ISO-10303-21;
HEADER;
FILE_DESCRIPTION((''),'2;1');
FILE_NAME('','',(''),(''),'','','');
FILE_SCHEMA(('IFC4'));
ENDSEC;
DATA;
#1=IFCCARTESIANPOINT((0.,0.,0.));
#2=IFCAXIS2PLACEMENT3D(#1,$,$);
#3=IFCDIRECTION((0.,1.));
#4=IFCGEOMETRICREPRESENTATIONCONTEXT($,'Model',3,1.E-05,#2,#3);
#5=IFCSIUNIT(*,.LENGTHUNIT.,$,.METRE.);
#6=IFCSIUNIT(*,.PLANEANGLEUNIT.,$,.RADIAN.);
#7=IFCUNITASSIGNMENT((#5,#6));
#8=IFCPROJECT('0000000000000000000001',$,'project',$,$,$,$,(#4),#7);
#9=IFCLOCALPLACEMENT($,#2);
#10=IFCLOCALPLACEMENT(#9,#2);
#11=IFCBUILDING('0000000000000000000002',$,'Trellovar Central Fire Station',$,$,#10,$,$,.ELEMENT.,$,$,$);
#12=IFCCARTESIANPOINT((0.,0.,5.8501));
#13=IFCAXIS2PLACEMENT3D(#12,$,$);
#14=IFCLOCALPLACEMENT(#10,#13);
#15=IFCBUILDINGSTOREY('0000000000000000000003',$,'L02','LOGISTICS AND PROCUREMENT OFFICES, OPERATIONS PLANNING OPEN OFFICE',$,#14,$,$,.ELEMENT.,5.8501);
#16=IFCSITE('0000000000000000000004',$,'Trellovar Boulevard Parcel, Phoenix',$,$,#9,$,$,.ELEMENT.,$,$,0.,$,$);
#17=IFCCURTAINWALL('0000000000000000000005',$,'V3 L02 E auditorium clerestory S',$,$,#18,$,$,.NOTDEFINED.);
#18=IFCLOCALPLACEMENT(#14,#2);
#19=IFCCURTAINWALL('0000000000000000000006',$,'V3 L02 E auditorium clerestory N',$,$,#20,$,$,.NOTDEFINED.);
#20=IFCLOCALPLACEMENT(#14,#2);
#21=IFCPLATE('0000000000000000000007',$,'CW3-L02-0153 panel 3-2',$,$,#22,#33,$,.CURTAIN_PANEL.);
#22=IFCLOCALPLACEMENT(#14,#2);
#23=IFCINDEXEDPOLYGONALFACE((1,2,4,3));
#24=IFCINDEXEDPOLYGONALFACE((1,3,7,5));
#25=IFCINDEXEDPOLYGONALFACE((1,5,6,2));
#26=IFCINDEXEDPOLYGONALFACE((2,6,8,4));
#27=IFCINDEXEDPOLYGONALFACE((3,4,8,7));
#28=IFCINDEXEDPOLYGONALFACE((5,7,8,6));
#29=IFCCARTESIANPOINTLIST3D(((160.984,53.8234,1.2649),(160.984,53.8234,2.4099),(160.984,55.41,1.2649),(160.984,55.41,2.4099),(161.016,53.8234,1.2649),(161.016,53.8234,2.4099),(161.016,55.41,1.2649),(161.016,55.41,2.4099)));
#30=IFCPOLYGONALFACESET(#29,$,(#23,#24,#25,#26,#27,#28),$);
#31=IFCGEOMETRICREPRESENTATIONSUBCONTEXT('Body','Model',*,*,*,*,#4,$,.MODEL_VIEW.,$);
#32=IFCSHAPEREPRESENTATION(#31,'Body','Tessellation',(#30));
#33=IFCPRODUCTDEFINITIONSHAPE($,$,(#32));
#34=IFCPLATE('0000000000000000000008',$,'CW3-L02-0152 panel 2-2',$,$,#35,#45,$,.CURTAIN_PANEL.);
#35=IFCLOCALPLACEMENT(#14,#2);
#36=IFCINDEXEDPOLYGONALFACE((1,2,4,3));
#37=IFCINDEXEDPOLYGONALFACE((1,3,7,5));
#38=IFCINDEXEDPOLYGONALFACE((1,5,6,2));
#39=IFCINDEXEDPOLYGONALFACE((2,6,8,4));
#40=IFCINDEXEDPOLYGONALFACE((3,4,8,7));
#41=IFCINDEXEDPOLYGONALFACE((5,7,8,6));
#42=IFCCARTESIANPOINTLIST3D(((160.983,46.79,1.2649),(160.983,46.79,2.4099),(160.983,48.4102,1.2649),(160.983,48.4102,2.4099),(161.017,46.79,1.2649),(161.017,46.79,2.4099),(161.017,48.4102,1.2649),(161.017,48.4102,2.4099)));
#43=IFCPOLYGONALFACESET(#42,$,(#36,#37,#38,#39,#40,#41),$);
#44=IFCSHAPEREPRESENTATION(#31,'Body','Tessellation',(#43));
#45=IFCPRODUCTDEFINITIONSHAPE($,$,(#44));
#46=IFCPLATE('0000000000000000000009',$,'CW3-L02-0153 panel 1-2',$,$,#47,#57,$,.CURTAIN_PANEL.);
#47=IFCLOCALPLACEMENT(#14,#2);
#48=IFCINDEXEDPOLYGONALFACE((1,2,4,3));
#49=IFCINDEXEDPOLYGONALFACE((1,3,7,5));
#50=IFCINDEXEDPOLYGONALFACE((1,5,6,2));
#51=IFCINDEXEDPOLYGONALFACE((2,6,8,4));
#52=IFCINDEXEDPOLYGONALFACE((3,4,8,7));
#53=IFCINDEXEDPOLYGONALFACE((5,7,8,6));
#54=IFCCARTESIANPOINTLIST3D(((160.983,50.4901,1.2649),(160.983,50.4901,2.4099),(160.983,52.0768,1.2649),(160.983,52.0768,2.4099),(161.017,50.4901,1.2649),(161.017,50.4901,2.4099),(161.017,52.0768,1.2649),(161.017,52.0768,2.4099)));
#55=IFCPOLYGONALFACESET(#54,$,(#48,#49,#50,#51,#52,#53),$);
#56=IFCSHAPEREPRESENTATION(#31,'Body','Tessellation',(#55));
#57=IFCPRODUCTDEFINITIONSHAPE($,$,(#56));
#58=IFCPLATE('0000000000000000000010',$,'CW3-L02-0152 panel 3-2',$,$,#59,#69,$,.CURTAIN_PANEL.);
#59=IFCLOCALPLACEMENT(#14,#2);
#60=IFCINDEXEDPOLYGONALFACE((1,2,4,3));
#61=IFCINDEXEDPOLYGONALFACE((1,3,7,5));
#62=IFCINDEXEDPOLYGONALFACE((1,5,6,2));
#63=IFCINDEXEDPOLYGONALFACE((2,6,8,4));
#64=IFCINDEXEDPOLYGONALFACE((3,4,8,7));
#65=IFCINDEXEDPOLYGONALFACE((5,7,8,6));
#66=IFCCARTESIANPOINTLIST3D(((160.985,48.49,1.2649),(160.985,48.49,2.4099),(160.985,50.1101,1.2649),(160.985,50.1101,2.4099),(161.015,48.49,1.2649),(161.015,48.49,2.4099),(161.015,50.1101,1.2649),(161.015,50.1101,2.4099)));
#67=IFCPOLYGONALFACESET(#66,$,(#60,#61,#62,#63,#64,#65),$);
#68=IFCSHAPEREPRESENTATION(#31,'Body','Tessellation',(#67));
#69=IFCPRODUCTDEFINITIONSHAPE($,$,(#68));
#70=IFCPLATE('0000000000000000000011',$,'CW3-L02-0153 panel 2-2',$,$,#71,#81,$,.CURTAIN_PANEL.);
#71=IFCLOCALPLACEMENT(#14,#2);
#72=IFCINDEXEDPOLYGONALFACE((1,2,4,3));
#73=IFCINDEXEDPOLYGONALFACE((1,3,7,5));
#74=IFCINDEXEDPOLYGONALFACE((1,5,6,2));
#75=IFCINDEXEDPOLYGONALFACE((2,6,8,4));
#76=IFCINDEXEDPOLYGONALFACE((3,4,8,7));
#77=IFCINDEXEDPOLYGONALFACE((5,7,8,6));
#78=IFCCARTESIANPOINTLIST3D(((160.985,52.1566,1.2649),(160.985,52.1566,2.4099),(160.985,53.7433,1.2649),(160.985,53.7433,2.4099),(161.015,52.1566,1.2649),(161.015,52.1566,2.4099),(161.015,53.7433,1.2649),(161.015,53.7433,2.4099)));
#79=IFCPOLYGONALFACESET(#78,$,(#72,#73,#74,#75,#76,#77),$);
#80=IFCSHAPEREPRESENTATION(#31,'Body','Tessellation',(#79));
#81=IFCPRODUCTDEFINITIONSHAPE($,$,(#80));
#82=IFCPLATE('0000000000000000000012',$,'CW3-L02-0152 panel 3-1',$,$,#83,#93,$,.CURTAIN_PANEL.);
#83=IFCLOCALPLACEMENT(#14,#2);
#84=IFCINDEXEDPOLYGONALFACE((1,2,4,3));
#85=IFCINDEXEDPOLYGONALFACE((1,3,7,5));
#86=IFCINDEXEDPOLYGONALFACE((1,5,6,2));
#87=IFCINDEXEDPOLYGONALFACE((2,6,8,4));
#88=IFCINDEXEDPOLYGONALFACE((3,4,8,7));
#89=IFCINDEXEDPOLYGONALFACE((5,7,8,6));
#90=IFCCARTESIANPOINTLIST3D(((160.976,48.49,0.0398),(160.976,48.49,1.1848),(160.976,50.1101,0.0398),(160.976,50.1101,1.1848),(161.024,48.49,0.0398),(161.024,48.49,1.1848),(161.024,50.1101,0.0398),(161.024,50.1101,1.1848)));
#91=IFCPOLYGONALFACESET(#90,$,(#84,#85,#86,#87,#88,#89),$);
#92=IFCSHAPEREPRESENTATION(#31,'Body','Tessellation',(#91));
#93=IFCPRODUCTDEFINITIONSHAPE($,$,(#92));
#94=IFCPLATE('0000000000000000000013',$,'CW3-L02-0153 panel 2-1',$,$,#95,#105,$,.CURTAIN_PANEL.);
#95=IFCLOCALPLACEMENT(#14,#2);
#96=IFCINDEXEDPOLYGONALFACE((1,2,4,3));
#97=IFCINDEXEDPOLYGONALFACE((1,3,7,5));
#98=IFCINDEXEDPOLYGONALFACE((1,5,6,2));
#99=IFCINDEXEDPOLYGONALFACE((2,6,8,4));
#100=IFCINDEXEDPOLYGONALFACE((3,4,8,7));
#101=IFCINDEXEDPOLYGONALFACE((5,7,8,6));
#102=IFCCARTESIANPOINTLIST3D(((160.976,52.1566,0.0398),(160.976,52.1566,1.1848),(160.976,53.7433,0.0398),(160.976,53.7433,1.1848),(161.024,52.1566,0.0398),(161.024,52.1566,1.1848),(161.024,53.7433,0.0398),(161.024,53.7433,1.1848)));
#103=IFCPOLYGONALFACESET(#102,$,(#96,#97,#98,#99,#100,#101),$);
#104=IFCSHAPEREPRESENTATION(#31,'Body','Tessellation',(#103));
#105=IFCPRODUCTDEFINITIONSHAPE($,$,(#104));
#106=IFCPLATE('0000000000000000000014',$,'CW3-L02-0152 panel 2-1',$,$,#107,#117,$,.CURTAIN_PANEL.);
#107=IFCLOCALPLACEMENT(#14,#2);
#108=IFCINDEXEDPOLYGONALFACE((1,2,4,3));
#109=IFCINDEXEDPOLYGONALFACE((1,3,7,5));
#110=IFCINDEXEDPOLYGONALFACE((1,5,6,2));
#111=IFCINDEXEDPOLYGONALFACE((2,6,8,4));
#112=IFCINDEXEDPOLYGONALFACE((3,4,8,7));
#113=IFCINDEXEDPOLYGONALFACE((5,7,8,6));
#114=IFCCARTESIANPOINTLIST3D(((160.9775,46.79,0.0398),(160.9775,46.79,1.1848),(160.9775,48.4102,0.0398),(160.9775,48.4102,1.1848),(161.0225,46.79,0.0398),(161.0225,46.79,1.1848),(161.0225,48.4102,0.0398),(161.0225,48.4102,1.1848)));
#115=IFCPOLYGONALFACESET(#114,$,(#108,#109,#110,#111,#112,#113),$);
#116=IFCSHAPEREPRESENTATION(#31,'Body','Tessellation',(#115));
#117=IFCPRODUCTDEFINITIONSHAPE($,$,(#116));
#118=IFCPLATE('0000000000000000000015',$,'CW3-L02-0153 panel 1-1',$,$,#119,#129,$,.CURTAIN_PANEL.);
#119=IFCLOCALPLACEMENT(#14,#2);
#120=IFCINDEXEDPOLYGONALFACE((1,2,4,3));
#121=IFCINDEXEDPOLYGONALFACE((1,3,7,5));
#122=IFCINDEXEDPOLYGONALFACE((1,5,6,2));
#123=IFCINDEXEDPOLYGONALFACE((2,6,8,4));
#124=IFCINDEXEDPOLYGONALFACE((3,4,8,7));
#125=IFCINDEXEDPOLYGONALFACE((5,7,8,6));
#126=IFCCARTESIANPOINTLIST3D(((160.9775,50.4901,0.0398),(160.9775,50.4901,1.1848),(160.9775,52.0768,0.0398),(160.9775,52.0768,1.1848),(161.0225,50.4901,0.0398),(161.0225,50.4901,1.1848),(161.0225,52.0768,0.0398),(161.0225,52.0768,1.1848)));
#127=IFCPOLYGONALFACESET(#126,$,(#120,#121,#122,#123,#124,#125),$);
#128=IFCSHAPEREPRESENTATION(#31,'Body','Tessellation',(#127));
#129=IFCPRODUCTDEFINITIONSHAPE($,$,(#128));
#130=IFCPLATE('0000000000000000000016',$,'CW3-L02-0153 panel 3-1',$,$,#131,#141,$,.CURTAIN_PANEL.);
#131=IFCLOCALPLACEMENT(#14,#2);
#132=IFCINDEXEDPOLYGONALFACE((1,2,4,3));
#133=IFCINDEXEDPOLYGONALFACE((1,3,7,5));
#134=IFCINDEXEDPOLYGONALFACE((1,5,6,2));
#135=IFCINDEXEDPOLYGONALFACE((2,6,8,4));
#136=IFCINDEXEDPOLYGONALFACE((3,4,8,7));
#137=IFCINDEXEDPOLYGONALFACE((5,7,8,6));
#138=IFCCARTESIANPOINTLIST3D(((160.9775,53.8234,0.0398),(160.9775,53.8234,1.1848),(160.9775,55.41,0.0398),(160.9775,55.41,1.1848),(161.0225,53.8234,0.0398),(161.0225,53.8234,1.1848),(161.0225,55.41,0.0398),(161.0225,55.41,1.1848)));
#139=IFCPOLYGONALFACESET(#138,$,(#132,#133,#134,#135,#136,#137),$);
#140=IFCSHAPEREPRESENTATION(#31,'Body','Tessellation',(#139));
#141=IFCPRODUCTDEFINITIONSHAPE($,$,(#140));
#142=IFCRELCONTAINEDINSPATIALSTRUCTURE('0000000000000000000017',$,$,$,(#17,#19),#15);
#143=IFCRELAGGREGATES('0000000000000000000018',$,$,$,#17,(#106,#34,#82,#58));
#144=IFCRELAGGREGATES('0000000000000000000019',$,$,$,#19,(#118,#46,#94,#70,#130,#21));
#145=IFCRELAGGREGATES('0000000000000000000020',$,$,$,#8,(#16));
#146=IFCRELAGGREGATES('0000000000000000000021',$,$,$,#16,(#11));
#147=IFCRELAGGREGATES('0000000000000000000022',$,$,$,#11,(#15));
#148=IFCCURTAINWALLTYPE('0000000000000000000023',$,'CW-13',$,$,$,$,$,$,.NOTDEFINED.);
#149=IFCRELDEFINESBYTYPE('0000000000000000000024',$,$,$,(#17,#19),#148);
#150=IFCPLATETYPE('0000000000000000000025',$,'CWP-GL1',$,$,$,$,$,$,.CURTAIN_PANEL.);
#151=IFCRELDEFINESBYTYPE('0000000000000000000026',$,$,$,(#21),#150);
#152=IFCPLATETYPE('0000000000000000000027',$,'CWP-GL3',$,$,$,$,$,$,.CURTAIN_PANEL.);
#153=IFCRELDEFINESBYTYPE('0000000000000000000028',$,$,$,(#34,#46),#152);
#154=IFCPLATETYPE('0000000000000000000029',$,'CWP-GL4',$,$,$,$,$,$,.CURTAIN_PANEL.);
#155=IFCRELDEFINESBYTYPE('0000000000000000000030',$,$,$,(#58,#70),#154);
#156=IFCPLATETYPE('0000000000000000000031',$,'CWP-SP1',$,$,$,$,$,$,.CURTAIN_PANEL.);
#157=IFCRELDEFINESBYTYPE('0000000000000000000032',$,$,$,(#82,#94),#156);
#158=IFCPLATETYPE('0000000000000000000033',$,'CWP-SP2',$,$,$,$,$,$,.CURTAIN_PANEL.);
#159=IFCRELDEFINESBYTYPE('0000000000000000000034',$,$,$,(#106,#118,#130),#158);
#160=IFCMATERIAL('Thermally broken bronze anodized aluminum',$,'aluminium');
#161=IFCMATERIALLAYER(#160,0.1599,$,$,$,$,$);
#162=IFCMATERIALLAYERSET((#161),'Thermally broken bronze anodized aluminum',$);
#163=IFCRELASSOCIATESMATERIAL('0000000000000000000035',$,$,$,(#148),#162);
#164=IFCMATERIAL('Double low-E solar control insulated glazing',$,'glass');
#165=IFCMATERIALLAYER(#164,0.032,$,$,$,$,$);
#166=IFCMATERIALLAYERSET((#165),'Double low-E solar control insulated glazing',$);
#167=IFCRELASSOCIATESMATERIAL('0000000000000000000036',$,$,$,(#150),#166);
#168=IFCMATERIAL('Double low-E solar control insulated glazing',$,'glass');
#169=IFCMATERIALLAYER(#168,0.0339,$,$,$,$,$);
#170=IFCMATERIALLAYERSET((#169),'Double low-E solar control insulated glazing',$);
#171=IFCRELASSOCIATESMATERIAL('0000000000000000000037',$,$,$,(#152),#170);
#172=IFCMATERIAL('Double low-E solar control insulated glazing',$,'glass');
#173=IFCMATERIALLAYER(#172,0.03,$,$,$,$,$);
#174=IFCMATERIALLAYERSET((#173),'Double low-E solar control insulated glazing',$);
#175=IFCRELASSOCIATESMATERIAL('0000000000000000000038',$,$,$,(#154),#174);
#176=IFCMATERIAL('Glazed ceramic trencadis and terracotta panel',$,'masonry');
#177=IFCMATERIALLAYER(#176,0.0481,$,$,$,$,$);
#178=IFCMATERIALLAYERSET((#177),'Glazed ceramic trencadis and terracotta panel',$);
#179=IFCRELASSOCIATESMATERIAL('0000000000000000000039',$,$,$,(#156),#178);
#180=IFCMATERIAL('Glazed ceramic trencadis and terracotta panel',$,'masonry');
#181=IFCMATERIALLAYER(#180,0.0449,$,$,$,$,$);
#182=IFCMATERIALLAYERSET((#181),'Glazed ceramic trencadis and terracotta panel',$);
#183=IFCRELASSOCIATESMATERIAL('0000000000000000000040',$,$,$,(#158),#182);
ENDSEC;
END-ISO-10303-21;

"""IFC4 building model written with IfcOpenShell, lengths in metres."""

from ifc_helpers import new_model, si_unit, direction, frame, origin, origin_2d, place, context, subcontext, project, spatial, rectangle, extrude, material, layer, layer_set, type_object, element, aggregate, save


model = new_model("IFC4")

# Units and contexts
model_context = context("Model", 3, precision=1e-05, world=origin(), true_north=direction((0.0, 1.0)))
body_context = subcontext(model_context, "Body", "Model", "MODEL_VIEW")
ifc_project = project(units=[si_unit("LENGTHUNIT", "METRE"), si_unit("PLANEANGLEUNIT", "RADIAN")], contexts=[model_context])

# Site, building, storey
site_placement = place(None, origin())
site = spatial("IfcSite", under=ifc_project, at=site_placement, Name="Trellovar Boulevard Parcel, Phoenix", CompositionType="ELEMENT", RefElevation=0.0)
building_placement = place(site_placement, origin())
building = spatial("IfcBuilding", under=site, at=building_placement, Name="Trellovar Central Fire Station", CompositionType="ELEMENT")
storey_placement = place(building_placement, frame((0.0, 0.0, 5.8501)))
storey = spatial("IfcBuildingStorey", under=building, at=storey_placement, Name="L02", Description="LOGISTICS AND PROCUREMENT OFFICES, OPERATIONS PLANNING OPEN OFFICE", CompositionType="ELEMENT", Elevation=5.8501)

# Curtain walls
ifc_material_1 = material(Name="Thermally broken bronze anodized aluminum", Category="aluminium")
ifc_layer_1 = layer(ifc_material_1, 0.1599)
ifc_layer_set_1 = layer_set([ifc_layer_1], Name="Thermally broken bronze anodized aluminum")
curtain_wall_type = type_object("IfcCurtainWallType", Name="CW-13", PredefinedType="NOTDEFINED", material=ifc_layer_set_1)
curtain_wall_1_placement = place(storey_placement, origin())
curtain_wall_1 = element("IfcCurtainWall", 1, at=curtain_wall_1_placement, inside=storey, type_object=curtain_wall_type, Name="V3 L02 E auditorium clerestory S", PredefinedType="NOTDEFINED")
curtain_wall_2_placement = place(storey_placement, origin())
curtain_wall_2 = element("IfcCurtainWall", 2, at=curtain_wall_2_placement, inside=storey, type_object=curtain_wall_type, Name="V3 L02 E auditorium clerestory N", PredefinedType="NOTDEFINED")

# Plates
ifc_material_2 = material(Name="Double low-E solar control insulated glazing", Category="glass")
ifc_layer_2 = layer(ifc_material_2, 0.032)
ifc_layer_set_2 = layer_set([ifc_layer_2], Name="Double low-E solar control insulated glazing")
plate_type_1 = type_object("IfcPlateType", Name="CWP-GL1", PredefinedType="CURTAIN_PANEL", material=ifc_layer_set_2)
plate_1_placement = place(storey_placement, frame((161.0, 54.6167, 1.2649), z_axis=(0.0, 0.0, 1.0), x_axis=(0.0, 1.0, 0.0)))
plate_1 = element("IfcPlate", 3, at=plate_1_placement, type_object=plate_type_1, Name="CW3-L02-0153 panel 3-2", PredefinedType="CURTAIN_PANEL", context=body_context, shape_type="SweptSolid", body=[
    extrude(rectangle(XDim=1.5867, YDim=0.032, at=origin_2d()), origin(), (0.0, 0.0, 1.0), 1.145),
])
ifc_material_3 = material(Name="Double low-E solar control insulated glazing", Category="glass")
ifc_layer_3 = layer(ifc_material_3, 0.0339)
ifc_layer_set_3 = layer_set([ifc_layer_3], Name="Double low-E solar control insulated glazing")
plate_type_2 = type_object("IfcPlateType", Name="CWP-GL3", PredefinedType="CURTAIN_PANEL", material=ifc_layer_set_3)
plate_2_placement = place(storey_placement, frame((161.0, 47.6001, 1.2649), z_axis=(0.0, 0.0, 1.0), x_axis=(0.0, 1.0, 0.0)))
plate_2 = element("IfcPlate", 4, at=plate_2_placement, type_object=plate_type_2, Name="CW3-L02-0152 panel 2-2", PredefinedType="CURTAIN_PANEL", context=body_context, shape_type="SweptSolid", body=[
    extrude(rectangle(XDim=1.6201, YDim=0.0339, at=origin_2d()), origin(), (0.0, 0.0, 1.0), 1.145),
])
plate_3_placement = place(storey_placement, frame((161.0, 51.2834, 1.2649), z_axis=(0.0, 0.0, 1.0), x_axis=(0.0, 1.0, 0.0)))
plate_3 = element("IfcPlate", 5, at=plate_3_placement, type_object=plate_type_2, Name="CW3-L02-0153 panel 1-2", PredefinedType="CURTAIN_PANEL", context=body_context, shape_type="SweptSolid", body=[
    extrude(rectangle(XDim=1.5867, YDim=0.0339, at=origin_2d()), origin(), (0.0, 0.0, 1.0), 1.145),
])
ifc_material_4 = material(Name="Double low-E solar control insulated glazing", Category="glass")
ifc_layer_4 = layer(ifc_material_4, 0.03)
ifc_layer_set_4 = layer_set([ifc_layer_4], Name="Double low-E solar control insulated glazing")
plate_type_3 = type_object("IfcPlateType", Name="CWP-GL4", PredefinedType="CURTAIN_PANEL", material=ifc_layer_set_4)
plate_4_placement = place(storey_placement, frame((161.0, 49.3, 1.2649), z_axis=(0.0, 0.0, 1.0), x_axis=(0.0, 1.0, 0.0)))
plate_4 = element("IfcPlate", 6, at=plate_4_placement, type_object=plate_type_3, Name="CW3-L02-0152 panel 3-2", PredefinedType="CURTAIN_PANEL", context=body_context, shape_type="SweptSolid", body=[
    extrude(rectangle(XDim=1.6201, YDim=0.03, at=origin_2d()), origin(), (0.0, 0.0, 1.0), 1.145),
])
plate_5_placement = place(storey_placement, frame((161.0, 52.95, 1.2649), z_axis=(0.0, 0.0, 1.0), x_axis=(0.0, 1.0, 0.0)))
plate_5 = element("IfcPlate", 7, at=plate_5_placement, type_object=plate_type_3, Name="CW3-L02-0153 panel 2-2", PredefinedType="CURTAIN_PANEL", context=body_context, shape_type="SweptSolid", body=[
    extrude(rectangle(XDim=1.5867, YDim=0.03, at=origin_2d()), origin(), (0.0, 0.0, 1.0), 1.145),
])
ifc_material_5 = material(Name="Glazed ceramic trencadis and terracotta panel", Category="masonry")
ifc_layer_5 = layer(ifc_material_5, 0.0481)
ifc_layer_set_5 = layer_set([ifc_layer_5], Name="Glazed ceramic trencadis and terracotta panel")
plate_type_4 = type_object("IfcPlateType", Name="CWP-SP1", PredefinedType="CURTAIN_PANEL", material=ifc_layer_set_5)
plate_6_placement = place(storey_placement, frame((161.0, 49.3, 0.0398), z_axis=(0.0, 0.0, 1.0), x_axis=(0.0, 1.0, 0.0)))
plate_6 = element("IfcPlate", 8, at=plate_6_placement, type_object=plate_type_4, Name="CW3-L02-0152 panel 3-1", PredefinedType="CURTAIN_PANEL", context=body_context, shape_type="SweptSolid", body=[
    extrude(rectangle(XDim=1.6201, YDim=0.0481, at=origin_2d()), origin(), (0.0, 0.0, 1.0), 1.145),
])
plate_7_placement = place(storey_placement, frame((161.0, 52.95, 0.0398), z_axis=(0.0, 0.0, 1.0), x_axis=(0.0, 1.0, 0.0)))
plate_7 = element("IfcPlate", 9, at=plate_7_placement, type_object=plate_type_4, Name="CW3-L02-0153 panel 2-1", PredefinedType="CURTAIN_PANEL", context=body_context, shape_type="SweptSolid", body=[
    extrude(rectangle(XDim=1.5867, YDim=0.0481, at=origin_2d()), origin(), (0.0, 0.0, 1.0), 1.145),
])
ifc_material_6 = material(Name="Glazed ceramic trencadis and terracotta panel", Category="masonry")
ifc_layer_6 = layer(ifc_material_6, 0.0449)
ifc_layer_set_6 = layer_set([ifc_layer_6], Name="Glazed ceramic trencadis and terracotta panel")
plate_type_5 = type_object("IfcPlateType", Name="CWP-SP2", PredefinedType="CURTAIN_PANEL", material=ifc_layer_set_6)
plate_8_placement = place(storey_placement, frame((161.0, 47.6001, 0.0398), z_axis=(0.0, 0.0, 1.0), x_axis=(0.0, 1.0, 0.0)))
plate_8 = element("IfcPlate", 10, at=plate_8_placement, type_object=plate_type_5, Name="CW3-L02-0152 panel 2-1", PredefinedType="CURTAIN_PANEL", context=body_context, shape_type="SweptSolid", body=[
    extrude(rectangle(XDim=1.6201, YDim=0.0449, at=origin_2d()), origin(), (0.0, 0.0, 1.0), 1.145),
])
aggregate(curtain_wall_1, [plate_8, plate_2, plate_6, plate_4])
plate_9_placement = place(storey_placement, frame((161.0, 51.2834, 0.0398), z_axis=(0.0, 0.0, 1.0), x_axis=(0.0, 1.0, 0.0)))
plate_9 = element("IfcPlate", 11, at=plate_9_placement, type_object=plate_type_5, Name="CW3-L02-0153 panel 1-1", PredefinedType="CURTAIN_PANEL", context=body_context, shape_type="SweptSolid", body=[
    extrude(rectangle(XDim=1.5867, YDim=0.0449, at=origin_2d()), origin(), (0.0, 0.0, 1.0), 1.145),
])
plate_10_placement = place(storey_placement, frame((161.0, 54.6167, 0.0398), z_axis=(0.0, 0.0, 1.0), x_axis=(0.0, 1.0, 0.0)))
plate_10 = element("IfcPlate", 12, at=plate_10_placement, type_object=plate_type_5, Name="CW3-L02-0153 panel 3-1", PredefinedType="CURTAIN_PANEL", context=body_context, shape_type="SweptSolid", body=[
    extrude(rectangle(XDim=1.5867, YDim=0.0449, at=origin_2d()), origin(), (0.0, 0.0, 1.0), 1.145),
])
aggregate(curtain_wall_2, [plate_9, plate_3, plate_7, plate_5, plate_10, plate_1])

save(model, "model.ifc")
